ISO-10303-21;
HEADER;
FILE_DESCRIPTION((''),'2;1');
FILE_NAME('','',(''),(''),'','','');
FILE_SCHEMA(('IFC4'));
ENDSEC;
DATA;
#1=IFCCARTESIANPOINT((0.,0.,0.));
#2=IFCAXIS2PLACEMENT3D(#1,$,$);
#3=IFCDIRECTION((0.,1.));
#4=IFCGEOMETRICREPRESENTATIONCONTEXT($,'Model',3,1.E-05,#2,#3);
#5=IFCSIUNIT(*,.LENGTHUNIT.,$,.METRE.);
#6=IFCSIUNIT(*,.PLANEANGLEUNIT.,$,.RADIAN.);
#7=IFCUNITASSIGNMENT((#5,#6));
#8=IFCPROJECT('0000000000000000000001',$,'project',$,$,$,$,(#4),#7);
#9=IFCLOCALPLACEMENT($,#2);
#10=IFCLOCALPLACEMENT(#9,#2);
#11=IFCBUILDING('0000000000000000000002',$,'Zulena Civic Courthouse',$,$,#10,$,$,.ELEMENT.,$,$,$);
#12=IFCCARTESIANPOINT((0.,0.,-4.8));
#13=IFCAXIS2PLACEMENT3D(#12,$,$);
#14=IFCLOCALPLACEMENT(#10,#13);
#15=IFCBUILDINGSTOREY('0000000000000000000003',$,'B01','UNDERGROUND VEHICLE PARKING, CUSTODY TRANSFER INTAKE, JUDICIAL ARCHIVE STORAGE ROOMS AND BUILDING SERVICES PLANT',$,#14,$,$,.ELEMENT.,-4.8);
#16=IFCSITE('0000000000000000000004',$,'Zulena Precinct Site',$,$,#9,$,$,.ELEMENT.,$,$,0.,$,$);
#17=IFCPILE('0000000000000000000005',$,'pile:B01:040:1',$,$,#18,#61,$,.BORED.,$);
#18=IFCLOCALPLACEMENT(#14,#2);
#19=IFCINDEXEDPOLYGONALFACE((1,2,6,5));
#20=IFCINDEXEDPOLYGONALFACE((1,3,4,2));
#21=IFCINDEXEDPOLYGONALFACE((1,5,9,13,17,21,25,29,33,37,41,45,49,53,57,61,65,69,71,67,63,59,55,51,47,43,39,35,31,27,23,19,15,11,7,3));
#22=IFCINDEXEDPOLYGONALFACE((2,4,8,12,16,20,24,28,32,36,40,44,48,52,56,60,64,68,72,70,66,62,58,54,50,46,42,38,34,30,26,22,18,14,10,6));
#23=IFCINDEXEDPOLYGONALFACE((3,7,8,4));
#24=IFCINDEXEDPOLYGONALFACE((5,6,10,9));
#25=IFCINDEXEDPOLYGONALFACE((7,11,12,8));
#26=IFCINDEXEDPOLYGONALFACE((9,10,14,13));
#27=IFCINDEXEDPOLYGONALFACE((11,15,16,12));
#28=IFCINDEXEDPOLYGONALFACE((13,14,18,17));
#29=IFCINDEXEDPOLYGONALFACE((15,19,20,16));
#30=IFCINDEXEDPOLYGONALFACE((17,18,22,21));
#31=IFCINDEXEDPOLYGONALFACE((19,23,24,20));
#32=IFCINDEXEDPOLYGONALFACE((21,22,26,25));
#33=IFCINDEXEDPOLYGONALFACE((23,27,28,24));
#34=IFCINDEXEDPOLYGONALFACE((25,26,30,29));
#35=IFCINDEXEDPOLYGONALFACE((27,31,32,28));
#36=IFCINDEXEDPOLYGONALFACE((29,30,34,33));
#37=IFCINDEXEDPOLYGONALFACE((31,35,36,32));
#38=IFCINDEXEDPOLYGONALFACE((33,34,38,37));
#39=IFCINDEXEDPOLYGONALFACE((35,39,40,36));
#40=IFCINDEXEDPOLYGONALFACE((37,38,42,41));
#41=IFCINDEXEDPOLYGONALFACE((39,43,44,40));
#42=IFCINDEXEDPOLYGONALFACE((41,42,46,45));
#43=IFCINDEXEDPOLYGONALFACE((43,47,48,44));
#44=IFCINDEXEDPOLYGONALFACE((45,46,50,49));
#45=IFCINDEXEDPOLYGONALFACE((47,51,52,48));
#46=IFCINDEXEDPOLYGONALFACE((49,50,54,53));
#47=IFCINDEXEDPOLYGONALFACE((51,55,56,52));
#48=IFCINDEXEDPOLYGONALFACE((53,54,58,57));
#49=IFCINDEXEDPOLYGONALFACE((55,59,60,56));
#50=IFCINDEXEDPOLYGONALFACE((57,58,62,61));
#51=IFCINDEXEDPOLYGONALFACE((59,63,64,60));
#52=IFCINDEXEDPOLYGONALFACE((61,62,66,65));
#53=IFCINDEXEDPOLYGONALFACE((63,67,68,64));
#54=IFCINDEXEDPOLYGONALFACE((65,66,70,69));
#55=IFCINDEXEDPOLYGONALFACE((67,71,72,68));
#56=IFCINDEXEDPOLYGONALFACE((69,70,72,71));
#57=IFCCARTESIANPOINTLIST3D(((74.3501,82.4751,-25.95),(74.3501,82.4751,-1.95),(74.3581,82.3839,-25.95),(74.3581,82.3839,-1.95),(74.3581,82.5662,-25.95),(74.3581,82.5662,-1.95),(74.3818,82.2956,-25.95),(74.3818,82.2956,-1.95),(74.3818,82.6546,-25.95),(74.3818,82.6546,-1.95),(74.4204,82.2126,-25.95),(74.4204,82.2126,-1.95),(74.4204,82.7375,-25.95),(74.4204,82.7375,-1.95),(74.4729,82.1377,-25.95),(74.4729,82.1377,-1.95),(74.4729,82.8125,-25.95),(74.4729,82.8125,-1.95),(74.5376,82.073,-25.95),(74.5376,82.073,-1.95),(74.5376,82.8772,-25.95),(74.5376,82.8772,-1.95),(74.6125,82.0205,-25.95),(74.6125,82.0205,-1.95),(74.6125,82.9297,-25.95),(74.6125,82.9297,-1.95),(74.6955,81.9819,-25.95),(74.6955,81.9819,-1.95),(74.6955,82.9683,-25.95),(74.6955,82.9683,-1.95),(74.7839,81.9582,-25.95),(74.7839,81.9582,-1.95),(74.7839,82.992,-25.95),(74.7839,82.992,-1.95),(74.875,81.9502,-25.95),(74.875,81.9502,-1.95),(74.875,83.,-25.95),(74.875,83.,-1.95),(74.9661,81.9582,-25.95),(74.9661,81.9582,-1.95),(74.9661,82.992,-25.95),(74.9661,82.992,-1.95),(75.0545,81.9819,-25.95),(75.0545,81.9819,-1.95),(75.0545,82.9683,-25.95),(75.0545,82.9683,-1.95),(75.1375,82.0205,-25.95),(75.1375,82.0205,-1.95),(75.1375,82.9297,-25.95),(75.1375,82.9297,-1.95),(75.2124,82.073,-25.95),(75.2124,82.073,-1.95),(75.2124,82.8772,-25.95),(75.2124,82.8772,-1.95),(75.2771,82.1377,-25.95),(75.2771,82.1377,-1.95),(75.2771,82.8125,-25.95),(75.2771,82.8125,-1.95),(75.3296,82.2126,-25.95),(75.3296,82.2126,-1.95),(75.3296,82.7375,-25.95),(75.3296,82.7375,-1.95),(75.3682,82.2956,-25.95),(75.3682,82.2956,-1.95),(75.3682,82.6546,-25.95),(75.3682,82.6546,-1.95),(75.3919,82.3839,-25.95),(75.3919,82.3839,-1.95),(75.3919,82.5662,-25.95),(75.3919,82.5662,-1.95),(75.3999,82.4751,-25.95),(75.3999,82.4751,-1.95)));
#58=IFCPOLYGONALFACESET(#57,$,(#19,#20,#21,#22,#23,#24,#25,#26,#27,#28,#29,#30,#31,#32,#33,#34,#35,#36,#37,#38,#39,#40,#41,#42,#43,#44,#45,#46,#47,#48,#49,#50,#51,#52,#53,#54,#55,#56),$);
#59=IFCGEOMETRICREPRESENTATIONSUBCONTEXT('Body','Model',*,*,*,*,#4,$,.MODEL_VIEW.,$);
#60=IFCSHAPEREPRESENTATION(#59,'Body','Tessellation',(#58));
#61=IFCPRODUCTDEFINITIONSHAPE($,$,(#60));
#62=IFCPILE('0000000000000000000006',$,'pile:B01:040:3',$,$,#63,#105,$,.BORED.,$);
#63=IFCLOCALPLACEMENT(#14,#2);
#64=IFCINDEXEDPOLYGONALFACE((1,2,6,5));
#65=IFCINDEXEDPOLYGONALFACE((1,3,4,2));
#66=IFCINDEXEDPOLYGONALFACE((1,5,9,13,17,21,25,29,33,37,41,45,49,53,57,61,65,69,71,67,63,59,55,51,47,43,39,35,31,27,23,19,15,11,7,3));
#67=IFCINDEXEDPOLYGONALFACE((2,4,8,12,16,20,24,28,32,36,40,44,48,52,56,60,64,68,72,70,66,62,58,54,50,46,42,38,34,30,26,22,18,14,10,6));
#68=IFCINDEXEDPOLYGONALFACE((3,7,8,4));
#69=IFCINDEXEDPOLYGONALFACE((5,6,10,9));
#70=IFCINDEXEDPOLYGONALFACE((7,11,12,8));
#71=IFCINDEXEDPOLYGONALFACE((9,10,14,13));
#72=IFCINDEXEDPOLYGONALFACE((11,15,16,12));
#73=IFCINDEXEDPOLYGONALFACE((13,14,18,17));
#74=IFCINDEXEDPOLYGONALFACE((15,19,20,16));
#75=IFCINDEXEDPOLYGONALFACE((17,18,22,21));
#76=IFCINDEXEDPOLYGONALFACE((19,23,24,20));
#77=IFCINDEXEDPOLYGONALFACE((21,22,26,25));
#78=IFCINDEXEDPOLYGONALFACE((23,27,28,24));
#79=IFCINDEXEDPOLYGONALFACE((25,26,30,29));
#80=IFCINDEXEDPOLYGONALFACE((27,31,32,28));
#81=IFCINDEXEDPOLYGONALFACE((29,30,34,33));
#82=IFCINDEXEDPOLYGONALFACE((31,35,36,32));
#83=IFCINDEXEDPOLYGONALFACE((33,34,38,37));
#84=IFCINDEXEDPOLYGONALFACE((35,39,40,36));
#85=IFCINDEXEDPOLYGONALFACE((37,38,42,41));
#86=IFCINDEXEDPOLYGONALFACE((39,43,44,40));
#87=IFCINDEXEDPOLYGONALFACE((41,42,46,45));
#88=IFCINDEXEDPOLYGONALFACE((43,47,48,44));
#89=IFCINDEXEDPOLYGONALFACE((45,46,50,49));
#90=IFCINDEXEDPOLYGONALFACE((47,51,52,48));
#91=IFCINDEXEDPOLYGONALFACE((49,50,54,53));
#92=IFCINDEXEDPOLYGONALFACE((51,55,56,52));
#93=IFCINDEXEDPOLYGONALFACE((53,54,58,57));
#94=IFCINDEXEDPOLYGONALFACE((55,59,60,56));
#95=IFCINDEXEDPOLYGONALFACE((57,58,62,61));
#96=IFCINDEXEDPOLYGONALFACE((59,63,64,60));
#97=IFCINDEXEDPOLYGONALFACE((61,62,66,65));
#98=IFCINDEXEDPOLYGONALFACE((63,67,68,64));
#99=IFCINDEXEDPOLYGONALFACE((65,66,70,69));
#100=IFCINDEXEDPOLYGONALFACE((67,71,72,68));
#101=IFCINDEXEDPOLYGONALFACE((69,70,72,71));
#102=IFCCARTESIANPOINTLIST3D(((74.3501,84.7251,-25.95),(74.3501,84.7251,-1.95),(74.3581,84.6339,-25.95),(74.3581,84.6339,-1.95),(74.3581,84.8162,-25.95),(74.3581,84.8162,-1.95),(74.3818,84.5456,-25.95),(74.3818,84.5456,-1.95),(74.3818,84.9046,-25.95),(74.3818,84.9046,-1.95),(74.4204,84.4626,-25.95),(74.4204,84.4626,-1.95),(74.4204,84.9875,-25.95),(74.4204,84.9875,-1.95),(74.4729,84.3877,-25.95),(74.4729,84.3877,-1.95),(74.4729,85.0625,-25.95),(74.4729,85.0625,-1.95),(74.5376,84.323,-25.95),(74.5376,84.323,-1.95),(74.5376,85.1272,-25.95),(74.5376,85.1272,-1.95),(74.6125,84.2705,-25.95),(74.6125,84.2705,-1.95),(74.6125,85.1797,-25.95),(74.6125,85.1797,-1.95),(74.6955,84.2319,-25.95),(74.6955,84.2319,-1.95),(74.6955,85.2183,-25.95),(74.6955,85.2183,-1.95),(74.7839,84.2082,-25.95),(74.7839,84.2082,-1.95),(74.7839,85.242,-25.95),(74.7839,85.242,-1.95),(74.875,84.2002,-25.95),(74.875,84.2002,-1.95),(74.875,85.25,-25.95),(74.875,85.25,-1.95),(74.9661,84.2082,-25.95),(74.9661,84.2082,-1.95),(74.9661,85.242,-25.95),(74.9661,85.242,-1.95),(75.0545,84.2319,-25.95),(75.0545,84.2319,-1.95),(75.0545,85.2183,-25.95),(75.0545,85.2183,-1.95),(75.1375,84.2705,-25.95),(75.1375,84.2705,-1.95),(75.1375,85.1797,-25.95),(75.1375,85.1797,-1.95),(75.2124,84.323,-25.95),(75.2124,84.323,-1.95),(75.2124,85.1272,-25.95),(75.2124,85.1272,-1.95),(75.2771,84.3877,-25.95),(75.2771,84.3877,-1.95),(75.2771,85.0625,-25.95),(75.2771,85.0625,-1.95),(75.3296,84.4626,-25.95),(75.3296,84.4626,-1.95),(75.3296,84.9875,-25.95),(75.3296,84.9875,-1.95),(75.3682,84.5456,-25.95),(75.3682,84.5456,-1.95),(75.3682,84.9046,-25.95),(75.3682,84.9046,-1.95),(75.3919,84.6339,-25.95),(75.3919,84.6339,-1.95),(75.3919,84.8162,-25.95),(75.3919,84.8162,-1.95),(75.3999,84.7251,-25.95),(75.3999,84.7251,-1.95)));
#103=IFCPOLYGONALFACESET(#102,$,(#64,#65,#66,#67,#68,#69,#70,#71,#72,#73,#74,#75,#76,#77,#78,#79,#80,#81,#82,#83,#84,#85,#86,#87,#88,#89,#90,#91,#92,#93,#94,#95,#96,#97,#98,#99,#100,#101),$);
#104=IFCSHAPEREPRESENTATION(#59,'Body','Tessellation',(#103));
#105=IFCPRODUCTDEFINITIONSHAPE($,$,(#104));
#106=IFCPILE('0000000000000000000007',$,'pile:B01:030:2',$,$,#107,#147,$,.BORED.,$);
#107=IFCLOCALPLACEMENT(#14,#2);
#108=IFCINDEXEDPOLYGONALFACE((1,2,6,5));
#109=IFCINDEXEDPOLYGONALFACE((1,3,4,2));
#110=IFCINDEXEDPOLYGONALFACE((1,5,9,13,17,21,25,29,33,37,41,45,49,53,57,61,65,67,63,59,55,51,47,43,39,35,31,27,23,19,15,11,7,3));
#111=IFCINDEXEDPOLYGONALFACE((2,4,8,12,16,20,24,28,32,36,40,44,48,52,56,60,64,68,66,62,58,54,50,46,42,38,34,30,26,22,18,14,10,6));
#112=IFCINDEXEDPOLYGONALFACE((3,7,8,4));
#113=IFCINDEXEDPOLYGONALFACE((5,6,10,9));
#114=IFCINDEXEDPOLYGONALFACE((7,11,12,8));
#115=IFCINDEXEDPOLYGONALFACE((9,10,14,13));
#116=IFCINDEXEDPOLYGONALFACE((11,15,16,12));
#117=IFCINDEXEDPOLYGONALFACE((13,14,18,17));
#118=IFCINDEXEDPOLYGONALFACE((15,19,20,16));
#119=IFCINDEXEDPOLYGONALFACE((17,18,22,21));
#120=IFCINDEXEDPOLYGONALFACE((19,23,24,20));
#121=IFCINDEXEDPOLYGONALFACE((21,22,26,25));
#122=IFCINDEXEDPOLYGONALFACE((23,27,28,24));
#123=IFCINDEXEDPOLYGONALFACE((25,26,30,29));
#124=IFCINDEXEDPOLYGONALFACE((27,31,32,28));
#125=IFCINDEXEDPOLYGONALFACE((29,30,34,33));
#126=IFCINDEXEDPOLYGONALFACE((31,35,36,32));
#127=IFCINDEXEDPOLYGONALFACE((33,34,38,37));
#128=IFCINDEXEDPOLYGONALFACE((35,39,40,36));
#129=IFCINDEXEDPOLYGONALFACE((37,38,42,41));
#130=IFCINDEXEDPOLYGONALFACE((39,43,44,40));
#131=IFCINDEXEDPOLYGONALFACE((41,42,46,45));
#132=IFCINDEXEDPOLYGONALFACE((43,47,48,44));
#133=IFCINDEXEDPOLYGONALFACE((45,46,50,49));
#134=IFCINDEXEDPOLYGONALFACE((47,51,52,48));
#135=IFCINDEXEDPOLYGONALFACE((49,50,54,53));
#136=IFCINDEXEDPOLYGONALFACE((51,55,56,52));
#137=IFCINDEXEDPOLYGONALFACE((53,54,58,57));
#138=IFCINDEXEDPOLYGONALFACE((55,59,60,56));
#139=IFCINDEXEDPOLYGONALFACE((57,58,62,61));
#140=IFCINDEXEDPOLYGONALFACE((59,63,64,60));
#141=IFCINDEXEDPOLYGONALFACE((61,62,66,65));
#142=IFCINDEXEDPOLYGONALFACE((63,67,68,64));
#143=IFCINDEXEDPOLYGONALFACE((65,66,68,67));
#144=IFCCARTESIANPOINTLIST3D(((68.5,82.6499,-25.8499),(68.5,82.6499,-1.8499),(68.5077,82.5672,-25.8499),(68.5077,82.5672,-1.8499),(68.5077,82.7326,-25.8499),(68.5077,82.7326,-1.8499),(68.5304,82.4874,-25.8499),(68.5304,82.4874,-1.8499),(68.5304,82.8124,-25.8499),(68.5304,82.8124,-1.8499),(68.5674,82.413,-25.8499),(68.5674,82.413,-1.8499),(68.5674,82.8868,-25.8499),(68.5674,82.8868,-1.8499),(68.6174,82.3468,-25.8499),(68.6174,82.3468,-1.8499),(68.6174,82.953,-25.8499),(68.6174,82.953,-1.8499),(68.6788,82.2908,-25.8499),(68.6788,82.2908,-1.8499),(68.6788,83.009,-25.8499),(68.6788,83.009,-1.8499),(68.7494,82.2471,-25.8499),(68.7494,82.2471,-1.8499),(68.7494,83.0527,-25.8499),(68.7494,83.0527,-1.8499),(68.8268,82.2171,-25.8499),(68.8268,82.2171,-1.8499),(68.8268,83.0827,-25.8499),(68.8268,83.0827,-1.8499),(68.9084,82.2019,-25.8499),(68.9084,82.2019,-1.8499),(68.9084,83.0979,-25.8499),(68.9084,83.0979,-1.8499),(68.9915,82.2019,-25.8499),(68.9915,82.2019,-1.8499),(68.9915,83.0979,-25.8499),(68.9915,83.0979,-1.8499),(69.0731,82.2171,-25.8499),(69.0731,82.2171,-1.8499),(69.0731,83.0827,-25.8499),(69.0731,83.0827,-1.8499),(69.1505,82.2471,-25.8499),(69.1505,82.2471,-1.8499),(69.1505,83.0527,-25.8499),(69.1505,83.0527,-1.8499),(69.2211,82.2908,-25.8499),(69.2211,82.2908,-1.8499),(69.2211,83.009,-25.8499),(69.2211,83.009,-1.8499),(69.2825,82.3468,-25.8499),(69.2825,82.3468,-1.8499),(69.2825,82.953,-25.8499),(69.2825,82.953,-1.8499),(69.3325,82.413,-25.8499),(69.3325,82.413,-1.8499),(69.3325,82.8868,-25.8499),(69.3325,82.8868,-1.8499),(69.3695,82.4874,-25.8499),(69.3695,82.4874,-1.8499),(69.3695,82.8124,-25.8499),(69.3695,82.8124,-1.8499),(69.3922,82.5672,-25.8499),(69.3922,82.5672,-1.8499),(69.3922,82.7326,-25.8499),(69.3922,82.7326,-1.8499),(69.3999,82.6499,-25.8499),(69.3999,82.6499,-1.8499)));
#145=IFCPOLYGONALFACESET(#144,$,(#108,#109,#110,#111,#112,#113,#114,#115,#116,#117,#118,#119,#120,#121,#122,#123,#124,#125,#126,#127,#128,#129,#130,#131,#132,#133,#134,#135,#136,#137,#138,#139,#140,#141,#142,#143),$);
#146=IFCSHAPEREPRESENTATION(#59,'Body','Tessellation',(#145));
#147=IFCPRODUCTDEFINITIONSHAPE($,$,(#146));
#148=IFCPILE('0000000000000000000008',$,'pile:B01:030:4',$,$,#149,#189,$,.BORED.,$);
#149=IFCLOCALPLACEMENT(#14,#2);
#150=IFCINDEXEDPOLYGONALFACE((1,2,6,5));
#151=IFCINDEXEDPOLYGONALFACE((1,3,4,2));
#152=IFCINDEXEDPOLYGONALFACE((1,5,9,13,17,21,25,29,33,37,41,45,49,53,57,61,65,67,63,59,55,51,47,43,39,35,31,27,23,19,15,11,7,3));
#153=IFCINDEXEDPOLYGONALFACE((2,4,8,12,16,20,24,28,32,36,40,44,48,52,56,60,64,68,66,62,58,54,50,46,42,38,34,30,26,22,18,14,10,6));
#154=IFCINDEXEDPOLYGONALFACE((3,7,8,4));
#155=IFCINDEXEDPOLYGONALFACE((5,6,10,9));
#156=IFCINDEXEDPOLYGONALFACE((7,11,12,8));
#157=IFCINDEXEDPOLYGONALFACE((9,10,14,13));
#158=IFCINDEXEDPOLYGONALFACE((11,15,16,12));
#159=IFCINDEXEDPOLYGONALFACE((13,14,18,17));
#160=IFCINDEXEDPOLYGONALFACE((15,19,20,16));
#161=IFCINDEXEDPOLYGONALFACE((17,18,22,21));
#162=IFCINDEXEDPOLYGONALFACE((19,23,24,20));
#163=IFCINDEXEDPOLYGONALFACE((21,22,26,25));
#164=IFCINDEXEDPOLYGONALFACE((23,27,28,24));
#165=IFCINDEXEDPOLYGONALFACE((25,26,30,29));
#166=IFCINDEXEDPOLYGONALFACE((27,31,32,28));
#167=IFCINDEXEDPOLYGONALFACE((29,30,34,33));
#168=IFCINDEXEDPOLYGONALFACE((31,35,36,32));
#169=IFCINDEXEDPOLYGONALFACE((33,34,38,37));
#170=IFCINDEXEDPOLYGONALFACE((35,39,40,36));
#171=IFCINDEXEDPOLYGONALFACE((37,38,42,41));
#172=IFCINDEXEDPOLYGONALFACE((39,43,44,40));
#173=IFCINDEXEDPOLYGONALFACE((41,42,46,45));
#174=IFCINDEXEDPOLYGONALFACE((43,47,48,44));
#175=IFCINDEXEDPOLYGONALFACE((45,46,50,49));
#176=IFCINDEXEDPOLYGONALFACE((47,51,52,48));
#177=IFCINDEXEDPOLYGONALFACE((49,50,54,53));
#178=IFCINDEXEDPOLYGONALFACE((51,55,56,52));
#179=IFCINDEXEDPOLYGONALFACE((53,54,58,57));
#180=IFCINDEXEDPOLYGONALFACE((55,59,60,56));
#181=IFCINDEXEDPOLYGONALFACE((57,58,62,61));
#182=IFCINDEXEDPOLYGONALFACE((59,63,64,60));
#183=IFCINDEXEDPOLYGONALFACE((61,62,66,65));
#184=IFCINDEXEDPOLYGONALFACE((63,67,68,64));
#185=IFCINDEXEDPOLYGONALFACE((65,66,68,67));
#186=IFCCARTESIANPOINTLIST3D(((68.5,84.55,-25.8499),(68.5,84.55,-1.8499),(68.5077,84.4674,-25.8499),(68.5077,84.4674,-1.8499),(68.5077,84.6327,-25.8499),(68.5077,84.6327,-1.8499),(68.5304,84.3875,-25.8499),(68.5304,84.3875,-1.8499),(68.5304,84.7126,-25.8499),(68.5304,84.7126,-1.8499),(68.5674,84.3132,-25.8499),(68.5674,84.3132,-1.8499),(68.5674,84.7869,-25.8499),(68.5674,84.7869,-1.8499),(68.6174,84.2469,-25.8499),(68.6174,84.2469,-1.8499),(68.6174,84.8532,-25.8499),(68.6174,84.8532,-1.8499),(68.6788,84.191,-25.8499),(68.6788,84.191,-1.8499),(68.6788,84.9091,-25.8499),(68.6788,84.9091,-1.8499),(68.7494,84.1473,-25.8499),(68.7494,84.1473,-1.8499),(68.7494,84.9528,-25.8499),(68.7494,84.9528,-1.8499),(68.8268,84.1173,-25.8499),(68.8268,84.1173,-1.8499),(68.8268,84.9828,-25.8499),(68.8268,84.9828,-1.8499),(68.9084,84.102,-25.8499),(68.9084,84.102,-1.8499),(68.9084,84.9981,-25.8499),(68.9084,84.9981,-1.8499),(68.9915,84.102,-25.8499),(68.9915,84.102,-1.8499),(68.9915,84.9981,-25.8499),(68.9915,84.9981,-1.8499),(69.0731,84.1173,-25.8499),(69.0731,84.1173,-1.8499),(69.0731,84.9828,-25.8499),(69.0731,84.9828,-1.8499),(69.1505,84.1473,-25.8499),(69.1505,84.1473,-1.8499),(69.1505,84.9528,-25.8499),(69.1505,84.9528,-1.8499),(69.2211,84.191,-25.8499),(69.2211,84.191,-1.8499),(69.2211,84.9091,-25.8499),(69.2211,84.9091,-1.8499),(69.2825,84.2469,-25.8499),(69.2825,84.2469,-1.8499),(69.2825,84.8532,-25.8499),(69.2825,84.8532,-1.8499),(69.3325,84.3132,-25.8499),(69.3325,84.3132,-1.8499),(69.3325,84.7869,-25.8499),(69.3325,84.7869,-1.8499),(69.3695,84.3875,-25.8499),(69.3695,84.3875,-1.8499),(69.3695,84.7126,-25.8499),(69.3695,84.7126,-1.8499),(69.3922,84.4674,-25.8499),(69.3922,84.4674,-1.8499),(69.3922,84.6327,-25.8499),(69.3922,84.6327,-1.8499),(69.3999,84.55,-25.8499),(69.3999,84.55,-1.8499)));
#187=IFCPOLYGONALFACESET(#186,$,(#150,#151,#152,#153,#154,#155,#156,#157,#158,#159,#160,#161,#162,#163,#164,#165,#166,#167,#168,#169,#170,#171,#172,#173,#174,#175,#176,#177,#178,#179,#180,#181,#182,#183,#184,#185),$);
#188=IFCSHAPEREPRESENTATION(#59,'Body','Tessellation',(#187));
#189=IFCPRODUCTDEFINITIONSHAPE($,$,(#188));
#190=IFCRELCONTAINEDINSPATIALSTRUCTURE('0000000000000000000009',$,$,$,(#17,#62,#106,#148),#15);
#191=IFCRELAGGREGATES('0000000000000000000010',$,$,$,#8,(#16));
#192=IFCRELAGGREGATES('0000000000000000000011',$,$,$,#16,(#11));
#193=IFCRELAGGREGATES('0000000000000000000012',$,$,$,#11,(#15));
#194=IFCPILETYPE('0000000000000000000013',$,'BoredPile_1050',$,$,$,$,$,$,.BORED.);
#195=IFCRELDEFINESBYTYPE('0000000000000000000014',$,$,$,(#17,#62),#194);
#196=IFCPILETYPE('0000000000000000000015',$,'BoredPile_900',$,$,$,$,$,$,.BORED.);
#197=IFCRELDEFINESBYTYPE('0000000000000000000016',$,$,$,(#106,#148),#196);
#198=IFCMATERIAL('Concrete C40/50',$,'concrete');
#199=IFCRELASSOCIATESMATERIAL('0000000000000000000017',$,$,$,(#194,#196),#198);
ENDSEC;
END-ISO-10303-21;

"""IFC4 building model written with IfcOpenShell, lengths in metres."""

from ifc_helpers import new_model, si_unit, direction, frame, origin, origin_2d, place, context, subcontext, project, spatial, circle, extrude, material, material_profile, profile_set, type_object, element, save


model = new_model("IFC4")

# Units and contexts
model_context = context("Model", 3, precision=1e-05, world=origin(), true_north=direction((0.0, 1.0)))
body_context = subcontext(model_context, "Body", "Model", "MODEL_VIEW")
ifc_project = project(units=[si_unit("LENGTHUNIT", "METRE"), si_unit("PLANEANGLEUNIT", "RADIAN")], contexts=[model_context])

# Site, building, storey
site_placement = place(None, origin())
site = spatial("IfcSite", under=ifc_project, at=site_placement, Name="Zulena Precinct Site", CompositionType="ELEMENT", RefElevation=0.0)
building_placement = place(site_placement, origin())
building = spatial("IfcBuilding", under=site, at=building_placement, Name="Zulena Civic Courthouse", CompositionType="ELEMENT")
storey_placement = place(building_placement, frame((0.0, 0.0, -4.8)))
storey = spatial("IfcBuildingStorey", under=building, at=storey_placement, Name="B01", Description="UNDERGROUND VEHICLE PARKING, CUSTODY TRANSFER INTAKE, JUDICIAL ARCHIVE STORAGE ROOMS AND BUILDING SERVICES PLANT", CompositionType="ELEMENT", Elevation=-4.8)

# Piles
ifc_material_1 = material(Name="Concrete C40/50", Category="concrete")
ifc_material_profile_1 = material_profile(ifc_material_1, circle(Radius=0.5249, at=origin_2d()), Name="PILE1050")
ifc_profile_set_1 = profile_set([ifc_material_profile_1], Name="Concrete C40/50")
pile_type_1 = type_object("IfcPileType", Name="BoredPile_1050", PredefinedType="BORED", material=ifc_profile_set_1)
for number, where, z_axis, x_axis, name in (
    (1, (74.875, 82.4751, -1.95), (0.0, 0.0, -1.0), (1.0, 0.0, 0.0), "pile:B01:040:1"),
    (2, (74.875, 84.7251, -1.95), (0.0, 0.0, -1.0), (1.0, 0.0, 0.0), "pile:B01:040:3"),
):
    element("IfcPile", number, at=place(storey_placement, frame(where, z_axis=z_axis, x_axis=x_axis)), inside=storey, type_object=pile_type_1, Name=name, PredefinedType="BORED", context=body_context, shape_type="SweptSolid", body=[
        extrude(circle(Radius=0.5249, at=origin_2d()), origin(), (0.0, 0.0, 1.0), 24.0),
    ])
ifc_material_profile_2 = material_profile(ifc_material_1, circle(Radius=0.45, at=origin_2d()), Name="PILE900")
ifc_profile_set_2 = profile_set([ifc_material_profile_2], Name="Concrete C40/50")
pile_type_2 = type_object("IfcPileType", Name="BoredPile_900", PredefinedType="BORED", material=ifc_profile_set_2)
for number, where, z_axis, x_axis, name in (
    (3, (68.95, 82.6499, -1.8499), (0.0, 0.0, -1.0), (1.0, 0.0, 0.0), "pile:B01:030:2"),
    (4, (68.95, 84.55, -1.8499), (0.0, 0.0, -1.0), (1.0, 0.0, 0.0), "pile:B01:030:4"),
):
    element("IfcPile", number, at=place(storey_placement, frame(where, z_axis=z_axis, x_axis=x_axis)), inside=storey, type_object=pile_type_2, Name=name, PredefinedType="BORED", context=body_context, shape_type="SweptSolid", body=[
        extrude(circle(Radius=0.45, at=origin_2d()), origin(), (0.0, 0.0, 1.0), 24.0),
    ])

save(model, "model.ifc")
